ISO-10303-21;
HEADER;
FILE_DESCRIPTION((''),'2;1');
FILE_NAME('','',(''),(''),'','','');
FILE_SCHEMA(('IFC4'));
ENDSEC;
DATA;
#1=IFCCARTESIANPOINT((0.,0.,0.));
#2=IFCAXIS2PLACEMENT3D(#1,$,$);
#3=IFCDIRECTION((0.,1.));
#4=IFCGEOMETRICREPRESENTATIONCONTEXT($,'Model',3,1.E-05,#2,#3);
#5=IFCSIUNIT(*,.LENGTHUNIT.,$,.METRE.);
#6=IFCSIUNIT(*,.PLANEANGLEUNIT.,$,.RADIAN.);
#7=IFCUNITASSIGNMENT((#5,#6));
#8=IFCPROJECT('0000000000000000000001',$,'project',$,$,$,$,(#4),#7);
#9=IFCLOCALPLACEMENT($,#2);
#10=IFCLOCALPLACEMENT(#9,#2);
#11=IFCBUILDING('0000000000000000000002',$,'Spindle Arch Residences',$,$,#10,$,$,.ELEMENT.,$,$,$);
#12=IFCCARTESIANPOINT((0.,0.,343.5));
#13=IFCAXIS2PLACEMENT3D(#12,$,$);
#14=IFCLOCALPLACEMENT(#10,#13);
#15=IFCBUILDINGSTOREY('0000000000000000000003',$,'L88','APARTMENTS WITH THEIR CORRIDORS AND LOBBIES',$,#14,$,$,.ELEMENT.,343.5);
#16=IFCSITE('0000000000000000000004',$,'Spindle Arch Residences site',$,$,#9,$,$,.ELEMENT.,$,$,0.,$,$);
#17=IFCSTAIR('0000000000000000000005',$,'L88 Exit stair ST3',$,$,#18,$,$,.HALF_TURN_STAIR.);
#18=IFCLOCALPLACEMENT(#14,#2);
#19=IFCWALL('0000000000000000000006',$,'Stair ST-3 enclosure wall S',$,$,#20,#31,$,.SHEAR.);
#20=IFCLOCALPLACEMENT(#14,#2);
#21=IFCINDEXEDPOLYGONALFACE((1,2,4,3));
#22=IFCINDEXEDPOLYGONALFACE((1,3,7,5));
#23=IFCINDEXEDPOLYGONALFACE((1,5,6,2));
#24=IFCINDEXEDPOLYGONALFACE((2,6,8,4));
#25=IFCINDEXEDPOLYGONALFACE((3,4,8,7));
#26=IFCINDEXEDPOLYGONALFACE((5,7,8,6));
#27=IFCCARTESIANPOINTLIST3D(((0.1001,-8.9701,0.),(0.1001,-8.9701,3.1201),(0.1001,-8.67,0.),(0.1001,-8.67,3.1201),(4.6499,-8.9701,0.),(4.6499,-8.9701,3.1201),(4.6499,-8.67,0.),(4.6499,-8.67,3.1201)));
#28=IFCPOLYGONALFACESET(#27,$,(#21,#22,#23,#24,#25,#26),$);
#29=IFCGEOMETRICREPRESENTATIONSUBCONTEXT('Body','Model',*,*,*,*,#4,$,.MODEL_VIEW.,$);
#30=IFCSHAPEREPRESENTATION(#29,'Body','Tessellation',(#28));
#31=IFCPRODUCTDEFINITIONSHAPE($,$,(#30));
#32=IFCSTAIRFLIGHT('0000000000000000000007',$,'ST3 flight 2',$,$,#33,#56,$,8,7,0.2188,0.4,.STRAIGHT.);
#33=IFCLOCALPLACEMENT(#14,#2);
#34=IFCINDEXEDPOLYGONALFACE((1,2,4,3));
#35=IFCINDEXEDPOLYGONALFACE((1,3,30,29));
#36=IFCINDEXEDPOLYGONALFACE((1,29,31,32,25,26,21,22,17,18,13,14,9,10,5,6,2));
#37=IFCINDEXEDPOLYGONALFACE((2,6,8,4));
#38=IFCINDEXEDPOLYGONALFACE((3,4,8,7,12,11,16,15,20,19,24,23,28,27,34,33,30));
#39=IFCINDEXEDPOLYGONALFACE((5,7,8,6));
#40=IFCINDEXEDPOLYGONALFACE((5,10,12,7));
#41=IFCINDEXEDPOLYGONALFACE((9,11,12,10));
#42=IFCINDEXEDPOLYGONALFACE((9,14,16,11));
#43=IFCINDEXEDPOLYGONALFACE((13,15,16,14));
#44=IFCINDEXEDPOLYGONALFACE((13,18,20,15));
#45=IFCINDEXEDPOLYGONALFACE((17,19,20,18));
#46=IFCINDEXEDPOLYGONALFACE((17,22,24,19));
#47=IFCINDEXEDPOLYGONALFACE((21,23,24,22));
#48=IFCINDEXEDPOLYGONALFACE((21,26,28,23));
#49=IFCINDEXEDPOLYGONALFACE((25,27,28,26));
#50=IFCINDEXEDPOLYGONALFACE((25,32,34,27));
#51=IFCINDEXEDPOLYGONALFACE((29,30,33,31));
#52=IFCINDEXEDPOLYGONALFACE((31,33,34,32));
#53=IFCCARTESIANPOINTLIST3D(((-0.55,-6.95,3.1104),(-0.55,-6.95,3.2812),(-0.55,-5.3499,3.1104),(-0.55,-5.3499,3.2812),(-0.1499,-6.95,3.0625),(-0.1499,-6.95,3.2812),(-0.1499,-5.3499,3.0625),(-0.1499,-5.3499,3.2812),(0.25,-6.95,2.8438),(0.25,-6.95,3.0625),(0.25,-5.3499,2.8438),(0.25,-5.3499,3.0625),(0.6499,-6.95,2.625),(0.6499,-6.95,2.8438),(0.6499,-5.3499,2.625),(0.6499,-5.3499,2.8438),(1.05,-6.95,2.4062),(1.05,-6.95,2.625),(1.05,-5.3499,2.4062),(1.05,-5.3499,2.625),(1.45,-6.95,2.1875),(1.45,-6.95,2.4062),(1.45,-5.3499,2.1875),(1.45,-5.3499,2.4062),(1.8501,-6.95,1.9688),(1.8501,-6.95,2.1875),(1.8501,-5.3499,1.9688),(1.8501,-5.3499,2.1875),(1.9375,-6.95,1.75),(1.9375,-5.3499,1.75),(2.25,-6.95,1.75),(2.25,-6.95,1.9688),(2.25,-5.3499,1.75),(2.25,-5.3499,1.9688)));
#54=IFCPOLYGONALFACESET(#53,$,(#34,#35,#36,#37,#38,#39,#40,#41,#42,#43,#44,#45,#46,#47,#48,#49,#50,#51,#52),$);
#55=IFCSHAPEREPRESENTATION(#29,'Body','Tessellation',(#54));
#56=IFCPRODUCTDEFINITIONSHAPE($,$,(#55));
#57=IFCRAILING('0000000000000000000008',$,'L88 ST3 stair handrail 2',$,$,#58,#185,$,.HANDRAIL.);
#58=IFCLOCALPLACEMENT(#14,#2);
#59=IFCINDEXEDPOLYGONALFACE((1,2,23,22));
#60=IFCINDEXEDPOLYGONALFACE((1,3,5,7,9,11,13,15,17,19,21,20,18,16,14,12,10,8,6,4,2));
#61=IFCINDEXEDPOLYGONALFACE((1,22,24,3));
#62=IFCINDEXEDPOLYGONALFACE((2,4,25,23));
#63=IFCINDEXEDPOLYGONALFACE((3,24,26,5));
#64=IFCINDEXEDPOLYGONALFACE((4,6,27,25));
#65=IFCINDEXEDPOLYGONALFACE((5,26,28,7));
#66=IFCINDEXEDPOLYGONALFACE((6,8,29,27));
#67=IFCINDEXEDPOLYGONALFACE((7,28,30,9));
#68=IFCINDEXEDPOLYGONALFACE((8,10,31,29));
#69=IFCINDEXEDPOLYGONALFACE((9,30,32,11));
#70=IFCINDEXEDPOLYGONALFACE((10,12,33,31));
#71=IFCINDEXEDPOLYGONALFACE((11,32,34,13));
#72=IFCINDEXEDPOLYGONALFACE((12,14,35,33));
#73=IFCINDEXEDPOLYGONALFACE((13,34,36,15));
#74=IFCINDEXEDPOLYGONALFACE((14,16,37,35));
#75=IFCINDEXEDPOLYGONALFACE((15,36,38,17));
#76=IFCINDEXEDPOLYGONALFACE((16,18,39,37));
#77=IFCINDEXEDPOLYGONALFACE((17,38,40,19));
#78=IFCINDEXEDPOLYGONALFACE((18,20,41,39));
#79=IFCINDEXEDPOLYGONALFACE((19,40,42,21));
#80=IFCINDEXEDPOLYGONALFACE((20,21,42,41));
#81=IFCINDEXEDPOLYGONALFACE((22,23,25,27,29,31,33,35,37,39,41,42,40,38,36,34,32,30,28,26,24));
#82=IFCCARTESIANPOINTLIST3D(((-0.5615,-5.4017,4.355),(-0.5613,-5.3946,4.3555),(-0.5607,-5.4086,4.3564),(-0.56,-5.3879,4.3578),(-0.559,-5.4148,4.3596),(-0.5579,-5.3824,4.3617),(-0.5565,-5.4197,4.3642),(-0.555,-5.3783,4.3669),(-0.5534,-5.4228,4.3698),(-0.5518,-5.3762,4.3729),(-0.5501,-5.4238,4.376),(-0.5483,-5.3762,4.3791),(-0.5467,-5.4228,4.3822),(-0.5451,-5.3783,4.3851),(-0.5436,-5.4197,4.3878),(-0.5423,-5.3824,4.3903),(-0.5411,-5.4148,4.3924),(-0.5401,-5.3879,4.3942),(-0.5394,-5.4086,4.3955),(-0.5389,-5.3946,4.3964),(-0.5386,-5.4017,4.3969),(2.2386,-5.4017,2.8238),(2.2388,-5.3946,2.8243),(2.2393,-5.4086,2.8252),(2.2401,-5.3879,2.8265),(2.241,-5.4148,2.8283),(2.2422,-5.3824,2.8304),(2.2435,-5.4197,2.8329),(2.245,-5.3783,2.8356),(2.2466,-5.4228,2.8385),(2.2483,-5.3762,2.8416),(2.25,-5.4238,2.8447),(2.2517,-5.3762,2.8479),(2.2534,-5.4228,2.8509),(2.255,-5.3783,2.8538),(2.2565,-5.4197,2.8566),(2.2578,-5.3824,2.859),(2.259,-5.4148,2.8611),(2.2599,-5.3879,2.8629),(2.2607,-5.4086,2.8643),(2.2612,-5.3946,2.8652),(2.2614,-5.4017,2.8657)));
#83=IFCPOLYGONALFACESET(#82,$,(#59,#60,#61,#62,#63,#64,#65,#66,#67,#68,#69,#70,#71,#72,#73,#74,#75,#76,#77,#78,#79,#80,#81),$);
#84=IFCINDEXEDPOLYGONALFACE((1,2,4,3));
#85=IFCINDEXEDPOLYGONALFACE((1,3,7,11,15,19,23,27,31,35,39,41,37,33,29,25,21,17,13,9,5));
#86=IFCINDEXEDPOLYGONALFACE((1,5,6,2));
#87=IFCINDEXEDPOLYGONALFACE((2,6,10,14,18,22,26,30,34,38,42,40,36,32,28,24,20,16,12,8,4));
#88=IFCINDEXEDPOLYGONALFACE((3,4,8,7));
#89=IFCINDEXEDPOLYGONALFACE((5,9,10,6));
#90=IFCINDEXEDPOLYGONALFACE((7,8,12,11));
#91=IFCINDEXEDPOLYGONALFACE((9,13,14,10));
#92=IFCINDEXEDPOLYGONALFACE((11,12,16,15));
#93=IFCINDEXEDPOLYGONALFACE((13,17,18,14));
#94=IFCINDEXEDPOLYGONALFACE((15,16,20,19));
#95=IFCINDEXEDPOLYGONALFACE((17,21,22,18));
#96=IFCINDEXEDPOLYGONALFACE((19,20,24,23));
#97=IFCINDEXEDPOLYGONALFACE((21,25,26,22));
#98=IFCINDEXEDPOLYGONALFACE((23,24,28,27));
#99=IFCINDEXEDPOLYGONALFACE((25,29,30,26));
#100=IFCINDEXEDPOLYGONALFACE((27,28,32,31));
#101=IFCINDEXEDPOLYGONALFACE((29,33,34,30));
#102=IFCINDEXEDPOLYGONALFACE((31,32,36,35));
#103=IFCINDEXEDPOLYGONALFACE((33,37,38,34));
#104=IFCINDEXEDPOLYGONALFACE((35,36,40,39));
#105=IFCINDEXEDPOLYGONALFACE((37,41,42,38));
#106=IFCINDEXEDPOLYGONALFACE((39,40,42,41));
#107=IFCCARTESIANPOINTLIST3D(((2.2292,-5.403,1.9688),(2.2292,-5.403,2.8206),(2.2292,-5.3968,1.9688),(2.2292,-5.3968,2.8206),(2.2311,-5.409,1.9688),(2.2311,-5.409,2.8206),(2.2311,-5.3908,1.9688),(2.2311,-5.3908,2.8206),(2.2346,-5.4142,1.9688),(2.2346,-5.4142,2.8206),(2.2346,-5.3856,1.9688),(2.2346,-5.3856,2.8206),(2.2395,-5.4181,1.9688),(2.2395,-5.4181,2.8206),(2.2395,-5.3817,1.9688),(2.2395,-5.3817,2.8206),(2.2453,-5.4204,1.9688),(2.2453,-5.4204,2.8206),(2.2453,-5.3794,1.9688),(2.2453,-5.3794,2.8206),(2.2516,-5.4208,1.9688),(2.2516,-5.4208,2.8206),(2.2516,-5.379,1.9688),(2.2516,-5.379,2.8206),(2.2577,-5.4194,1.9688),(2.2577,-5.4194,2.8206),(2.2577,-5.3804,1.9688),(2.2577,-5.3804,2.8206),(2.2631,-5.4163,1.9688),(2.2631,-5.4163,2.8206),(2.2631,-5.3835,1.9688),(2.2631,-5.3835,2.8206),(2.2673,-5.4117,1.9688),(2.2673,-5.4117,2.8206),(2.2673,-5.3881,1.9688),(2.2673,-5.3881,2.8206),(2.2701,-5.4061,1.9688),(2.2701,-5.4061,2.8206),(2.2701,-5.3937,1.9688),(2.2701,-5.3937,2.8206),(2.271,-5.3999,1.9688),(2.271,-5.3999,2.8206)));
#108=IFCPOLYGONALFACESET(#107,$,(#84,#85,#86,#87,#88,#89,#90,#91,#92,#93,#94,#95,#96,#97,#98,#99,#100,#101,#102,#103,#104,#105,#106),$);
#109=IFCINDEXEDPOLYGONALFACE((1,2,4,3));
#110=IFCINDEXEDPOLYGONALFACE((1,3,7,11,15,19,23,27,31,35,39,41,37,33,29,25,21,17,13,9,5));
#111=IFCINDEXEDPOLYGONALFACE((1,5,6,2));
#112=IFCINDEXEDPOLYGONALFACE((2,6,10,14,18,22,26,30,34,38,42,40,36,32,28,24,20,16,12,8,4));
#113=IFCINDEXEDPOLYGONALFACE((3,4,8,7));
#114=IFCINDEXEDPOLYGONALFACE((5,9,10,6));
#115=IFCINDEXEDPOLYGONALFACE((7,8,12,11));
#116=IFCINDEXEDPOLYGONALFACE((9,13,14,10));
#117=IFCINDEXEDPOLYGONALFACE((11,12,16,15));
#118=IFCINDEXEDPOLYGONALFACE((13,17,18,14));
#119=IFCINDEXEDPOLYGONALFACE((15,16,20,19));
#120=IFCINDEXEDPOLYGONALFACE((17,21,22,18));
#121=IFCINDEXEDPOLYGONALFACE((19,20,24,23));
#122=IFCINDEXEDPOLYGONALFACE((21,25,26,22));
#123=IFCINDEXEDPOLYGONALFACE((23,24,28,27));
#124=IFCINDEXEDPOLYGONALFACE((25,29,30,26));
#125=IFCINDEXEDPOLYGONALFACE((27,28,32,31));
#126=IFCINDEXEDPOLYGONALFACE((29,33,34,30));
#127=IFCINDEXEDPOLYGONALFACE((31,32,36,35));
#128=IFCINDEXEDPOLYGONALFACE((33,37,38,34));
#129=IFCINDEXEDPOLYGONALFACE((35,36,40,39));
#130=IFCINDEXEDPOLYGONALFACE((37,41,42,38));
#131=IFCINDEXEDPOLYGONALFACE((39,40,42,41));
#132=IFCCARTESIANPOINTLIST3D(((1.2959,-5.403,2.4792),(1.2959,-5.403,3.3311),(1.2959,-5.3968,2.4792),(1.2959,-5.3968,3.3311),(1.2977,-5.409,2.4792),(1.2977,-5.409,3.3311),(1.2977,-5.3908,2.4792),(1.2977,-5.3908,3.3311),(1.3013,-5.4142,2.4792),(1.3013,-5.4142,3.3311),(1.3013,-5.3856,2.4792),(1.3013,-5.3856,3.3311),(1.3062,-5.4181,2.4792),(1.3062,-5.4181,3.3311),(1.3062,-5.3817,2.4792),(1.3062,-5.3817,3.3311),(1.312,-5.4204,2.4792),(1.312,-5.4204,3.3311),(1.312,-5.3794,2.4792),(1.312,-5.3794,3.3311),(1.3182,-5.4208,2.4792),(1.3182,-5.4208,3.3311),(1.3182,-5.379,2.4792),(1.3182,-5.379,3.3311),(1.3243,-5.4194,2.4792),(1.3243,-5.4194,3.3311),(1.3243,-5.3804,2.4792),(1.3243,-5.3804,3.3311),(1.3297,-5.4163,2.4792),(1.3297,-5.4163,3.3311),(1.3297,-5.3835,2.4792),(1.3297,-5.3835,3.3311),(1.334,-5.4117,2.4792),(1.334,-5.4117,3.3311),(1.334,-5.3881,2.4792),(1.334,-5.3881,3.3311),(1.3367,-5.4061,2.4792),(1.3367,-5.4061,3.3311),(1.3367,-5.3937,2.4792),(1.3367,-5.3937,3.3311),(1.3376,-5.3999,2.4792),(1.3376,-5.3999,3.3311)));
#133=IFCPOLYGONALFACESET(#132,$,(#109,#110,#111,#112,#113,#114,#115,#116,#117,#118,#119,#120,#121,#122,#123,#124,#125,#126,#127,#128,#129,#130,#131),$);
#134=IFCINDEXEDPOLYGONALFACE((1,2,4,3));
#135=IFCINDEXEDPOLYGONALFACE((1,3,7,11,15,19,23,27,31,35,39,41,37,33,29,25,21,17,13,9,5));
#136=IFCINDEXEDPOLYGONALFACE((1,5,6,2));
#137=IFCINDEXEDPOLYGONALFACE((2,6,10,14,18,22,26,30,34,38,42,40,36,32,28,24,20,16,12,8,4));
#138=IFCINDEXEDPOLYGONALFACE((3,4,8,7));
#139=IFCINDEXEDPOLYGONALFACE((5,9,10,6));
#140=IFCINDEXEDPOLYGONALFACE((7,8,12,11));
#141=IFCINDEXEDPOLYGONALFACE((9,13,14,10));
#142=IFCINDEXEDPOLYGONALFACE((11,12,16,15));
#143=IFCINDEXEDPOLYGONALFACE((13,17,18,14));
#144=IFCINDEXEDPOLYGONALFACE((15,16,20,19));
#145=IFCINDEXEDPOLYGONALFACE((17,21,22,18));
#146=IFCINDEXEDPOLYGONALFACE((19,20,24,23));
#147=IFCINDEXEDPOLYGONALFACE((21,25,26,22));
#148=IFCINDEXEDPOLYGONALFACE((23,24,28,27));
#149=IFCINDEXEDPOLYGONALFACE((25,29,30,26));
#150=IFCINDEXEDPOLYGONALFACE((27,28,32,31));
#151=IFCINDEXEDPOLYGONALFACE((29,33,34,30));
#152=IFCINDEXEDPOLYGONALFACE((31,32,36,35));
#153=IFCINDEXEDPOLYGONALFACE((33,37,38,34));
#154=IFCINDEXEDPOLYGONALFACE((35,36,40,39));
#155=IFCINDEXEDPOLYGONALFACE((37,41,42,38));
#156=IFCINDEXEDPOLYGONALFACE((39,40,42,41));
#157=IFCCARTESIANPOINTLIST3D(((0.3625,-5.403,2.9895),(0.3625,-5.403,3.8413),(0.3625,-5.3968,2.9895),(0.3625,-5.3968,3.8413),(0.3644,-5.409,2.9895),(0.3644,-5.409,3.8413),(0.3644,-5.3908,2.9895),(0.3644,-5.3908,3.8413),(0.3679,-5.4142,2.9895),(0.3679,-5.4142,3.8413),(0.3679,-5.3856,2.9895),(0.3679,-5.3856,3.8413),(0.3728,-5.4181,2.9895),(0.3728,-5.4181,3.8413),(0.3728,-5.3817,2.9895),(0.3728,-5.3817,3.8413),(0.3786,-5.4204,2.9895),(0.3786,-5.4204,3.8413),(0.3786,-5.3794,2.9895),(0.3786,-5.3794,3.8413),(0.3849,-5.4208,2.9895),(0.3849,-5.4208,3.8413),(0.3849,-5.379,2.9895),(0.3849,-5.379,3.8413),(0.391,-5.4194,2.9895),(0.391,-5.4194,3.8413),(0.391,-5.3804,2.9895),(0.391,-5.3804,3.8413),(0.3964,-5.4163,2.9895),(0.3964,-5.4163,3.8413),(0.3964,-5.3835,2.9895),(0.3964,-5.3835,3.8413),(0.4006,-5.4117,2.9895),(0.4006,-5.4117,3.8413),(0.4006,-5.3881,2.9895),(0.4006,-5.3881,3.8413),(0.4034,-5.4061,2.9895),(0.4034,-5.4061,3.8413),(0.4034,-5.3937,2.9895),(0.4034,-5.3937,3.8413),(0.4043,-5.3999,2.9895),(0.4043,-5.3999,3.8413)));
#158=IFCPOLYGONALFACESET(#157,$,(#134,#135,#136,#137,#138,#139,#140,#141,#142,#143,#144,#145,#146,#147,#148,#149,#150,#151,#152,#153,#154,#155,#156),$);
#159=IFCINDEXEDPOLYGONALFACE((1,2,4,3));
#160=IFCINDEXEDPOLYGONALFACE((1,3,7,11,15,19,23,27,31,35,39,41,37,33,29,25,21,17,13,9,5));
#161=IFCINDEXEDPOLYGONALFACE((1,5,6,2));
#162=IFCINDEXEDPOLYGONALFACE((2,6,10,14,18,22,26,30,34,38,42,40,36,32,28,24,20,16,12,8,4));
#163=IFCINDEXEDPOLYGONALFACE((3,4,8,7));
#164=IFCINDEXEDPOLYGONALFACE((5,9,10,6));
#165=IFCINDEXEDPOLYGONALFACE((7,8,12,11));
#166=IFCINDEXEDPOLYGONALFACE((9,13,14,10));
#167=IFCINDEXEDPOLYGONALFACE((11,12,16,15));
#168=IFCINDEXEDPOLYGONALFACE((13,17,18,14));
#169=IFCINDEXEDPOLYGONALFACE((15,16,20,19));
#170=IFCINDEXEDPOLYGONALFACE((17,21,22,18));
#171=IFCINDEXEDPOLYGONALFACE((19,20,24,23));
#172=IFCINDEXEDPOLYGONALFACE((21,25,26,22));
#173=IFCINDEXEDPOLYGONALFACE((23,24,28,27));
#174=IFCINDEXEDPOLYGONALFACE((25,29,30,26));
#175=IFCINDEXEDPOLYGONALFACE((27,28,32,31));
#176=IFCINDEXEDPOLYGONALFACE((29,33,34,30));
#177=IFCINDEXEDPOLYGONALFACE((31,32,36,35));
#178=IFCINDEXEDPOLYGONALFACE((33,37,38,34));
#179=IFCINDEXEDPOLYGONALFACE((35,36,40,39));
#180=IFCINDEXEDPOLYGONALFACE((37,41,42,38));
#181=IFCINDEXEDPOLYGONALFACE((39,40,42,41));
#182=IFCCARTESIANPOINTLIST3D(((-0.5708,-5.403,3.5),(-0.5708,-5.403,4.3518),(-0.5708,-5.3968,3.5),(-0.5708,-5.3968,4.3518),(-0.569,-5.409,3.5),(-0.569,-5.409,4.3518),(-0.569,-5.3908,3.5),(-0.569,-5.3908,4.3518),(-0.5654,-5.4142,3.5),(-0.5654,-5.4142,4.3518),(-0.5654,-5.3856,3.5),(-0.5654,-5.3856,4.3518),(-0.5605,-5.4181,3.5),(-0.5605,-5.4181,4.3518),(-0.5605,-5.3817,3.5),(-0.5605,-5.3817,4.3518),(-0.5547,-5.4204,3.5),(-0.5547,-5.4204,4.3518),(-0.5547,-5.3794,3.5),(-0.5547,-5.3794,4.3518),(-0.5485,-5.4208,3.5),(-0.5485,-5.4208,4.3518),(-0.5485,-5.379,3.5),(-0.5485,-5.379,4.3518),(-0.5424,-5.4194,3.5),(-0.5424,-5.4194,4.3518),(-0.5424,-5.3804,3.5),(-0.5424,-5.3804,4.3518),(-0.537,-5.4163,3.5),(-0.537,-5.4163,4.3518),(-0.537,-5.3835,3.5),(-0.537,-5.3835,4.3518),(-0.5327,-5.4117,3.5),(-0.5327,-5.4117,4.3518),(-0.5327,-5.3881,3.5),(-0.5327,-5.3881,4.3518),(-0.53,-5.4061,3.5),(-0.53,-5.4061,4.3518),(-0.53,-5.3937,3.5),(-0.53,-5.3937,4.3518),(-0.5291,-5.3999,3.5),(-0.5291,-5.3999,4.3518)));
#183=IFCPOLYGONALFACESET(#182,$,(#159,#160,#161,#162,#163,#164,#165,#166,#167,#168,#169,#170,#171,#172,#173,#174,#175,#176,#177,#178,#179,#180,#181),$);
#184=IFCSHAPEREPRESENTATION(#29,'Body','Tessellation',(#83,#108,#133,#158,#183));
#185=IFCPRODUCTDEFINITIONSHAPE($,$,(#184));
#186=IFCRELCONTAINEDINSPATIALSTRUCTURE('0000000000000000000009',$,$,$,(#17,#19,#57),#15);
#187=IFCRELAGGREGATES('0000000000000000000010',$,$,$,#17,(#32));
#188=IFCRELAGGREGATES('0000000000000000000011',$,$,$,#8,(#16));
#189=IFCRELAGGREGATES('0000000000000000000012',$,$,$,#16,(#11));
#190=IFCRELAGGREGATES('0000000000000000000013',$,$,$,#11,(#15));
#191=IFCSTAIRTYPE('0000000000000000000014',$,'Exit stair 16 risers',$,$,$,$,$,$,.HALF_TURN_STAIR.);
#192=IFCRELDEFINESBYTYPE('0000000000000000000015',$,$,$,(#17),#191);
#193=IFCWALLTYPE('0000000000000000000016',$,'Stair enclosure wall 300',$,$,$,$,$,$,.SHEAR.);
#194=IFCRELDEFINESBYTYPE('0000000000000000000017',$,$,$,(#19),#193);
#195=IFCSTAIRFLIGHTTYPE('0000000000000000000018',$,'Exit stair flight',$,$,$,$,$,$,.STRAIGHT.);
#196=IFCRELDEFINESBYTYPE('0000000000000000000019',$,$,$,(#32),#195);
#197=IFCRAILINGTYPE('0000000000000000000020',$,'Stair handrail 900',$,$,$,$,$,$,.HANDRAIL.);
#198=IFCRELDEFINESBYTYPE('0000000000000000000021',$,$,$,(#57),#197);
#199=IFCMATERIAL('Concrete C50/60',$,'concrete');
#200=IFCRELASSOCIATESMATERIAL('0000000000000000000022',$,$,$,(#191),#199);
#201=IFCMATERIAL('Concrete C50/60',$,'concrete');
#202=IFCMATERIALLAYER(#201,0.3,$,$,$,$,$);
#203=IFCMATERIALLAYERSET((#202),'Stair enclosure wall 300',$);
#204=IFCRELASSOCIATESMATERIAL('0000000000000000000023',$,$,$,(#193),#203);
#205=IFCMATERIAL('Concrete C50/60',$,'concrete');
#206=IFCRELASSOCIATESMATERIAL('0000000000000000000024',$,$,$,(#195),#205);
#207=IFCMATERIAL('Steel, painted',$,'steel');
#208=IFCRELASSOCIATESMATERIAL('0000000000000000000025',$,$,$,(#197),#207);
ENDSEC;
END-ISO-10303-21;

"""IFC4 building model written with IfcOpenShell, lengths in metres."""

from ifc_helpers import new_model, si_unit, direction, frame, frame_2d, origin, origin_2d, place, context, subcontext, project, spatial, polyline, rectangle, circle, outline, extrude, material, layer, layer_set, type_object, element, aggregate, save


model = new_model("IFC4")

# Units and contexts
model_context = context("Model", 3, precision=1e-05, world=origin(), true_north=direction((0.0, 1.0)))
body_context = subcontext(model_context, "Body", "Model", "MODEL_VIEW")
ifc_project = project(units=[si_unit("LENGTHUNIT", "METRE"), si_unit("PLANEANGLEUNIT", "RADIAN")], contexts=[model_context])

# Site, building, storey
site_placement = place(None, origin())
site = spatial("IfcSite", under=ifc_project, at=site_placement, Name="Spindle Arch Residences site", CompositionType="ELEMENT", RefElevation=0.0)
building_placement = place(site_placement, origin())
building = spatial("IfcBuilding", under=site, at=building_placement, Name="Spindle Arch Residences", CompositionType="ELEMENT")
storey_placement = place(building_placement, frame((0.0, 0.0, 343.5)))
storey = spatial("IfcBuildingStorey", under=building, at=storey_placement, Name="L88", Description="APARTMENTS WITH THEIR CORRIDORS AND LOBBIES", CompositionType="ELEMENT", Elevation=343.5)

# Stair
ifc_material_1 = material(Name="Concrete C50/60", Category="concrete")
stair_type = type_object("IfcStairType", Name="Exit stair 16 risers", PredefinedType="HALF_TURN_STAIR", material=ifc_material_1)
stair_1_placement = place(storey_placement, origin())
stair_1 = element("IfcStair", 1, at=stair_1_placement, inside=storey, type_object=stair_type, Name="L88 Exit stair ST3", PredefinedType="HALF_TURN_STAIR")

# Wall
ifc_material_2 = material(Name="Concrete C50/60", Category="concrete")
ifc_layer_1 = layer(ifc_material_2, 0.3)
ifc_layer_set_1 = layer_set([ifc_layer_1], Name="Stair enclosure wall 300")
wall_type_1 = type_object("IfcWallType", Name="Stair enclosure wall 300", PredefinedType="SHEAR", material=ifc_layer_set_1)
wall_1_placement = place(storey_placement, frame((0.1001, -8.8201, 0.0), z_axis=(0.0, 0.0, 1.0), x_axis=(1.0, 0.0, 0.0)))
element("IfcWall", 2, at=wall_1_placement, inside=storey, type_object=wall_type_1, Name="Stair ST-3 enclosure wall S", PredefinedType="SHEAR", context=body_context, shape_type="SweptSolid", body=[
    extrude(rectangle(XDim=4.5498, YDim=0.3, at=frame_2d((2.2749, 0.0))), origin(), (0.0, 0.0, 1.0), 3.1201),
])

# Stair flight
ifc_material_3 = material(Name="Concrete C50/60", Category="concrete")
stair_flight_type = type_object("IfcStairFlightType", Name="Exit stair flight", PredefinedType="STRAIGHT", material=ifc_material_3)
stair_flight_placement = place(storey_placement, frame((2.25, -6.1499, 1.75), z_axis=(0.0, 0.0, 1.0), x_axis=(-1.0, 0.0, 0.0)))
stair_flight = element("IfcStairFlight", 3, at=stair_flight_placement, type_object=stair_flight_type, Name="ST3 flight 2", NumberOfRisers=8, NumberOfTreads=7, PredefinedType="STRAIGHT", RiserHeight=0.2188, TreadLength=0.4, context=body_context, shape_type="SweptSolid", body=[
    extrude(outline(polyline([(0.0, 0.0), (0.0, 0.2188), (0.3999, 0.2188), (0.3999, 0.4375), (0.8, 0.4375), (0.8, 0.6562), (1.2, 0.6562), (1.2, 0.875), (1.6001, 0.875), (1.6001, 1.0938), (2.0, 1.0938), (2.0, 1.3125), (2.3999, 1.3125), (2.3999, 1.5312), (2.8, 1.5312), (2.8, 1.75), (2.8, 1.3604), (0.3125, 0.0), (0.0, 0.0)])), frame((0.0, 0.8, 0.0), z_axis=(0.0, -1.0, 0.0), x_axis=(1.0, 0.0, 0.0)), (0.0, 0.0, 1.0), 1.6001),
])
aggregate(stair_1, [stair_flight])

# Railing
ifc_material_4 = material(Name="Steel, painted", Category="steel")
railing_type = type_object("IfcRailingType", Name="Stair handrail 900", PredefinedType="HANDRAIL", material=ifc_material_4)
railing_placement = place(storey_placement, frame((2.25, -5.3999, 1.9688)))
element("IfcRailing", 4, at=railing_placement, inside=storey, type_object=railing_type, Name="L88 ST3 stair handrail 2", PredefinedType="HANDRAIL", context=body_context, shape_type="SweptSolid", body=[
    extrude(circle(Radius=0.0239, at=origin_2d()), frame((0.0, 0.0, 0.876), z_axis=(-0.877375, 0.0, 0.479806), x_axis=(0.0, -1.0, 0.0)), (0.0, 0.0, 1.0), 3.1914),
    extrude(circle(Radius=0.021, at=origin_2d()), origin(), (0.0, 0.0, 1.0), 0.8518),
    extrude(circle(Radius=0.021, at=origin_2d()), frame((-0.9333, 0.0, 0.5105)), (0.0, 0.0, 1.0), 0.8518),
    extrude(circle(Radius=0.021, at=origin_2d()), frame((-1.8667, 0.0, 1.0208)), (0.0, 0.0, 1.0), 0.8518),
    extrude(circle(Radius=0.021, at=origin_2d()), frame((-2.8, 0.0, 1.5312)), (0.0, 0.0, 1.0), 0.8518),
])

save(model, "model.ifc")
